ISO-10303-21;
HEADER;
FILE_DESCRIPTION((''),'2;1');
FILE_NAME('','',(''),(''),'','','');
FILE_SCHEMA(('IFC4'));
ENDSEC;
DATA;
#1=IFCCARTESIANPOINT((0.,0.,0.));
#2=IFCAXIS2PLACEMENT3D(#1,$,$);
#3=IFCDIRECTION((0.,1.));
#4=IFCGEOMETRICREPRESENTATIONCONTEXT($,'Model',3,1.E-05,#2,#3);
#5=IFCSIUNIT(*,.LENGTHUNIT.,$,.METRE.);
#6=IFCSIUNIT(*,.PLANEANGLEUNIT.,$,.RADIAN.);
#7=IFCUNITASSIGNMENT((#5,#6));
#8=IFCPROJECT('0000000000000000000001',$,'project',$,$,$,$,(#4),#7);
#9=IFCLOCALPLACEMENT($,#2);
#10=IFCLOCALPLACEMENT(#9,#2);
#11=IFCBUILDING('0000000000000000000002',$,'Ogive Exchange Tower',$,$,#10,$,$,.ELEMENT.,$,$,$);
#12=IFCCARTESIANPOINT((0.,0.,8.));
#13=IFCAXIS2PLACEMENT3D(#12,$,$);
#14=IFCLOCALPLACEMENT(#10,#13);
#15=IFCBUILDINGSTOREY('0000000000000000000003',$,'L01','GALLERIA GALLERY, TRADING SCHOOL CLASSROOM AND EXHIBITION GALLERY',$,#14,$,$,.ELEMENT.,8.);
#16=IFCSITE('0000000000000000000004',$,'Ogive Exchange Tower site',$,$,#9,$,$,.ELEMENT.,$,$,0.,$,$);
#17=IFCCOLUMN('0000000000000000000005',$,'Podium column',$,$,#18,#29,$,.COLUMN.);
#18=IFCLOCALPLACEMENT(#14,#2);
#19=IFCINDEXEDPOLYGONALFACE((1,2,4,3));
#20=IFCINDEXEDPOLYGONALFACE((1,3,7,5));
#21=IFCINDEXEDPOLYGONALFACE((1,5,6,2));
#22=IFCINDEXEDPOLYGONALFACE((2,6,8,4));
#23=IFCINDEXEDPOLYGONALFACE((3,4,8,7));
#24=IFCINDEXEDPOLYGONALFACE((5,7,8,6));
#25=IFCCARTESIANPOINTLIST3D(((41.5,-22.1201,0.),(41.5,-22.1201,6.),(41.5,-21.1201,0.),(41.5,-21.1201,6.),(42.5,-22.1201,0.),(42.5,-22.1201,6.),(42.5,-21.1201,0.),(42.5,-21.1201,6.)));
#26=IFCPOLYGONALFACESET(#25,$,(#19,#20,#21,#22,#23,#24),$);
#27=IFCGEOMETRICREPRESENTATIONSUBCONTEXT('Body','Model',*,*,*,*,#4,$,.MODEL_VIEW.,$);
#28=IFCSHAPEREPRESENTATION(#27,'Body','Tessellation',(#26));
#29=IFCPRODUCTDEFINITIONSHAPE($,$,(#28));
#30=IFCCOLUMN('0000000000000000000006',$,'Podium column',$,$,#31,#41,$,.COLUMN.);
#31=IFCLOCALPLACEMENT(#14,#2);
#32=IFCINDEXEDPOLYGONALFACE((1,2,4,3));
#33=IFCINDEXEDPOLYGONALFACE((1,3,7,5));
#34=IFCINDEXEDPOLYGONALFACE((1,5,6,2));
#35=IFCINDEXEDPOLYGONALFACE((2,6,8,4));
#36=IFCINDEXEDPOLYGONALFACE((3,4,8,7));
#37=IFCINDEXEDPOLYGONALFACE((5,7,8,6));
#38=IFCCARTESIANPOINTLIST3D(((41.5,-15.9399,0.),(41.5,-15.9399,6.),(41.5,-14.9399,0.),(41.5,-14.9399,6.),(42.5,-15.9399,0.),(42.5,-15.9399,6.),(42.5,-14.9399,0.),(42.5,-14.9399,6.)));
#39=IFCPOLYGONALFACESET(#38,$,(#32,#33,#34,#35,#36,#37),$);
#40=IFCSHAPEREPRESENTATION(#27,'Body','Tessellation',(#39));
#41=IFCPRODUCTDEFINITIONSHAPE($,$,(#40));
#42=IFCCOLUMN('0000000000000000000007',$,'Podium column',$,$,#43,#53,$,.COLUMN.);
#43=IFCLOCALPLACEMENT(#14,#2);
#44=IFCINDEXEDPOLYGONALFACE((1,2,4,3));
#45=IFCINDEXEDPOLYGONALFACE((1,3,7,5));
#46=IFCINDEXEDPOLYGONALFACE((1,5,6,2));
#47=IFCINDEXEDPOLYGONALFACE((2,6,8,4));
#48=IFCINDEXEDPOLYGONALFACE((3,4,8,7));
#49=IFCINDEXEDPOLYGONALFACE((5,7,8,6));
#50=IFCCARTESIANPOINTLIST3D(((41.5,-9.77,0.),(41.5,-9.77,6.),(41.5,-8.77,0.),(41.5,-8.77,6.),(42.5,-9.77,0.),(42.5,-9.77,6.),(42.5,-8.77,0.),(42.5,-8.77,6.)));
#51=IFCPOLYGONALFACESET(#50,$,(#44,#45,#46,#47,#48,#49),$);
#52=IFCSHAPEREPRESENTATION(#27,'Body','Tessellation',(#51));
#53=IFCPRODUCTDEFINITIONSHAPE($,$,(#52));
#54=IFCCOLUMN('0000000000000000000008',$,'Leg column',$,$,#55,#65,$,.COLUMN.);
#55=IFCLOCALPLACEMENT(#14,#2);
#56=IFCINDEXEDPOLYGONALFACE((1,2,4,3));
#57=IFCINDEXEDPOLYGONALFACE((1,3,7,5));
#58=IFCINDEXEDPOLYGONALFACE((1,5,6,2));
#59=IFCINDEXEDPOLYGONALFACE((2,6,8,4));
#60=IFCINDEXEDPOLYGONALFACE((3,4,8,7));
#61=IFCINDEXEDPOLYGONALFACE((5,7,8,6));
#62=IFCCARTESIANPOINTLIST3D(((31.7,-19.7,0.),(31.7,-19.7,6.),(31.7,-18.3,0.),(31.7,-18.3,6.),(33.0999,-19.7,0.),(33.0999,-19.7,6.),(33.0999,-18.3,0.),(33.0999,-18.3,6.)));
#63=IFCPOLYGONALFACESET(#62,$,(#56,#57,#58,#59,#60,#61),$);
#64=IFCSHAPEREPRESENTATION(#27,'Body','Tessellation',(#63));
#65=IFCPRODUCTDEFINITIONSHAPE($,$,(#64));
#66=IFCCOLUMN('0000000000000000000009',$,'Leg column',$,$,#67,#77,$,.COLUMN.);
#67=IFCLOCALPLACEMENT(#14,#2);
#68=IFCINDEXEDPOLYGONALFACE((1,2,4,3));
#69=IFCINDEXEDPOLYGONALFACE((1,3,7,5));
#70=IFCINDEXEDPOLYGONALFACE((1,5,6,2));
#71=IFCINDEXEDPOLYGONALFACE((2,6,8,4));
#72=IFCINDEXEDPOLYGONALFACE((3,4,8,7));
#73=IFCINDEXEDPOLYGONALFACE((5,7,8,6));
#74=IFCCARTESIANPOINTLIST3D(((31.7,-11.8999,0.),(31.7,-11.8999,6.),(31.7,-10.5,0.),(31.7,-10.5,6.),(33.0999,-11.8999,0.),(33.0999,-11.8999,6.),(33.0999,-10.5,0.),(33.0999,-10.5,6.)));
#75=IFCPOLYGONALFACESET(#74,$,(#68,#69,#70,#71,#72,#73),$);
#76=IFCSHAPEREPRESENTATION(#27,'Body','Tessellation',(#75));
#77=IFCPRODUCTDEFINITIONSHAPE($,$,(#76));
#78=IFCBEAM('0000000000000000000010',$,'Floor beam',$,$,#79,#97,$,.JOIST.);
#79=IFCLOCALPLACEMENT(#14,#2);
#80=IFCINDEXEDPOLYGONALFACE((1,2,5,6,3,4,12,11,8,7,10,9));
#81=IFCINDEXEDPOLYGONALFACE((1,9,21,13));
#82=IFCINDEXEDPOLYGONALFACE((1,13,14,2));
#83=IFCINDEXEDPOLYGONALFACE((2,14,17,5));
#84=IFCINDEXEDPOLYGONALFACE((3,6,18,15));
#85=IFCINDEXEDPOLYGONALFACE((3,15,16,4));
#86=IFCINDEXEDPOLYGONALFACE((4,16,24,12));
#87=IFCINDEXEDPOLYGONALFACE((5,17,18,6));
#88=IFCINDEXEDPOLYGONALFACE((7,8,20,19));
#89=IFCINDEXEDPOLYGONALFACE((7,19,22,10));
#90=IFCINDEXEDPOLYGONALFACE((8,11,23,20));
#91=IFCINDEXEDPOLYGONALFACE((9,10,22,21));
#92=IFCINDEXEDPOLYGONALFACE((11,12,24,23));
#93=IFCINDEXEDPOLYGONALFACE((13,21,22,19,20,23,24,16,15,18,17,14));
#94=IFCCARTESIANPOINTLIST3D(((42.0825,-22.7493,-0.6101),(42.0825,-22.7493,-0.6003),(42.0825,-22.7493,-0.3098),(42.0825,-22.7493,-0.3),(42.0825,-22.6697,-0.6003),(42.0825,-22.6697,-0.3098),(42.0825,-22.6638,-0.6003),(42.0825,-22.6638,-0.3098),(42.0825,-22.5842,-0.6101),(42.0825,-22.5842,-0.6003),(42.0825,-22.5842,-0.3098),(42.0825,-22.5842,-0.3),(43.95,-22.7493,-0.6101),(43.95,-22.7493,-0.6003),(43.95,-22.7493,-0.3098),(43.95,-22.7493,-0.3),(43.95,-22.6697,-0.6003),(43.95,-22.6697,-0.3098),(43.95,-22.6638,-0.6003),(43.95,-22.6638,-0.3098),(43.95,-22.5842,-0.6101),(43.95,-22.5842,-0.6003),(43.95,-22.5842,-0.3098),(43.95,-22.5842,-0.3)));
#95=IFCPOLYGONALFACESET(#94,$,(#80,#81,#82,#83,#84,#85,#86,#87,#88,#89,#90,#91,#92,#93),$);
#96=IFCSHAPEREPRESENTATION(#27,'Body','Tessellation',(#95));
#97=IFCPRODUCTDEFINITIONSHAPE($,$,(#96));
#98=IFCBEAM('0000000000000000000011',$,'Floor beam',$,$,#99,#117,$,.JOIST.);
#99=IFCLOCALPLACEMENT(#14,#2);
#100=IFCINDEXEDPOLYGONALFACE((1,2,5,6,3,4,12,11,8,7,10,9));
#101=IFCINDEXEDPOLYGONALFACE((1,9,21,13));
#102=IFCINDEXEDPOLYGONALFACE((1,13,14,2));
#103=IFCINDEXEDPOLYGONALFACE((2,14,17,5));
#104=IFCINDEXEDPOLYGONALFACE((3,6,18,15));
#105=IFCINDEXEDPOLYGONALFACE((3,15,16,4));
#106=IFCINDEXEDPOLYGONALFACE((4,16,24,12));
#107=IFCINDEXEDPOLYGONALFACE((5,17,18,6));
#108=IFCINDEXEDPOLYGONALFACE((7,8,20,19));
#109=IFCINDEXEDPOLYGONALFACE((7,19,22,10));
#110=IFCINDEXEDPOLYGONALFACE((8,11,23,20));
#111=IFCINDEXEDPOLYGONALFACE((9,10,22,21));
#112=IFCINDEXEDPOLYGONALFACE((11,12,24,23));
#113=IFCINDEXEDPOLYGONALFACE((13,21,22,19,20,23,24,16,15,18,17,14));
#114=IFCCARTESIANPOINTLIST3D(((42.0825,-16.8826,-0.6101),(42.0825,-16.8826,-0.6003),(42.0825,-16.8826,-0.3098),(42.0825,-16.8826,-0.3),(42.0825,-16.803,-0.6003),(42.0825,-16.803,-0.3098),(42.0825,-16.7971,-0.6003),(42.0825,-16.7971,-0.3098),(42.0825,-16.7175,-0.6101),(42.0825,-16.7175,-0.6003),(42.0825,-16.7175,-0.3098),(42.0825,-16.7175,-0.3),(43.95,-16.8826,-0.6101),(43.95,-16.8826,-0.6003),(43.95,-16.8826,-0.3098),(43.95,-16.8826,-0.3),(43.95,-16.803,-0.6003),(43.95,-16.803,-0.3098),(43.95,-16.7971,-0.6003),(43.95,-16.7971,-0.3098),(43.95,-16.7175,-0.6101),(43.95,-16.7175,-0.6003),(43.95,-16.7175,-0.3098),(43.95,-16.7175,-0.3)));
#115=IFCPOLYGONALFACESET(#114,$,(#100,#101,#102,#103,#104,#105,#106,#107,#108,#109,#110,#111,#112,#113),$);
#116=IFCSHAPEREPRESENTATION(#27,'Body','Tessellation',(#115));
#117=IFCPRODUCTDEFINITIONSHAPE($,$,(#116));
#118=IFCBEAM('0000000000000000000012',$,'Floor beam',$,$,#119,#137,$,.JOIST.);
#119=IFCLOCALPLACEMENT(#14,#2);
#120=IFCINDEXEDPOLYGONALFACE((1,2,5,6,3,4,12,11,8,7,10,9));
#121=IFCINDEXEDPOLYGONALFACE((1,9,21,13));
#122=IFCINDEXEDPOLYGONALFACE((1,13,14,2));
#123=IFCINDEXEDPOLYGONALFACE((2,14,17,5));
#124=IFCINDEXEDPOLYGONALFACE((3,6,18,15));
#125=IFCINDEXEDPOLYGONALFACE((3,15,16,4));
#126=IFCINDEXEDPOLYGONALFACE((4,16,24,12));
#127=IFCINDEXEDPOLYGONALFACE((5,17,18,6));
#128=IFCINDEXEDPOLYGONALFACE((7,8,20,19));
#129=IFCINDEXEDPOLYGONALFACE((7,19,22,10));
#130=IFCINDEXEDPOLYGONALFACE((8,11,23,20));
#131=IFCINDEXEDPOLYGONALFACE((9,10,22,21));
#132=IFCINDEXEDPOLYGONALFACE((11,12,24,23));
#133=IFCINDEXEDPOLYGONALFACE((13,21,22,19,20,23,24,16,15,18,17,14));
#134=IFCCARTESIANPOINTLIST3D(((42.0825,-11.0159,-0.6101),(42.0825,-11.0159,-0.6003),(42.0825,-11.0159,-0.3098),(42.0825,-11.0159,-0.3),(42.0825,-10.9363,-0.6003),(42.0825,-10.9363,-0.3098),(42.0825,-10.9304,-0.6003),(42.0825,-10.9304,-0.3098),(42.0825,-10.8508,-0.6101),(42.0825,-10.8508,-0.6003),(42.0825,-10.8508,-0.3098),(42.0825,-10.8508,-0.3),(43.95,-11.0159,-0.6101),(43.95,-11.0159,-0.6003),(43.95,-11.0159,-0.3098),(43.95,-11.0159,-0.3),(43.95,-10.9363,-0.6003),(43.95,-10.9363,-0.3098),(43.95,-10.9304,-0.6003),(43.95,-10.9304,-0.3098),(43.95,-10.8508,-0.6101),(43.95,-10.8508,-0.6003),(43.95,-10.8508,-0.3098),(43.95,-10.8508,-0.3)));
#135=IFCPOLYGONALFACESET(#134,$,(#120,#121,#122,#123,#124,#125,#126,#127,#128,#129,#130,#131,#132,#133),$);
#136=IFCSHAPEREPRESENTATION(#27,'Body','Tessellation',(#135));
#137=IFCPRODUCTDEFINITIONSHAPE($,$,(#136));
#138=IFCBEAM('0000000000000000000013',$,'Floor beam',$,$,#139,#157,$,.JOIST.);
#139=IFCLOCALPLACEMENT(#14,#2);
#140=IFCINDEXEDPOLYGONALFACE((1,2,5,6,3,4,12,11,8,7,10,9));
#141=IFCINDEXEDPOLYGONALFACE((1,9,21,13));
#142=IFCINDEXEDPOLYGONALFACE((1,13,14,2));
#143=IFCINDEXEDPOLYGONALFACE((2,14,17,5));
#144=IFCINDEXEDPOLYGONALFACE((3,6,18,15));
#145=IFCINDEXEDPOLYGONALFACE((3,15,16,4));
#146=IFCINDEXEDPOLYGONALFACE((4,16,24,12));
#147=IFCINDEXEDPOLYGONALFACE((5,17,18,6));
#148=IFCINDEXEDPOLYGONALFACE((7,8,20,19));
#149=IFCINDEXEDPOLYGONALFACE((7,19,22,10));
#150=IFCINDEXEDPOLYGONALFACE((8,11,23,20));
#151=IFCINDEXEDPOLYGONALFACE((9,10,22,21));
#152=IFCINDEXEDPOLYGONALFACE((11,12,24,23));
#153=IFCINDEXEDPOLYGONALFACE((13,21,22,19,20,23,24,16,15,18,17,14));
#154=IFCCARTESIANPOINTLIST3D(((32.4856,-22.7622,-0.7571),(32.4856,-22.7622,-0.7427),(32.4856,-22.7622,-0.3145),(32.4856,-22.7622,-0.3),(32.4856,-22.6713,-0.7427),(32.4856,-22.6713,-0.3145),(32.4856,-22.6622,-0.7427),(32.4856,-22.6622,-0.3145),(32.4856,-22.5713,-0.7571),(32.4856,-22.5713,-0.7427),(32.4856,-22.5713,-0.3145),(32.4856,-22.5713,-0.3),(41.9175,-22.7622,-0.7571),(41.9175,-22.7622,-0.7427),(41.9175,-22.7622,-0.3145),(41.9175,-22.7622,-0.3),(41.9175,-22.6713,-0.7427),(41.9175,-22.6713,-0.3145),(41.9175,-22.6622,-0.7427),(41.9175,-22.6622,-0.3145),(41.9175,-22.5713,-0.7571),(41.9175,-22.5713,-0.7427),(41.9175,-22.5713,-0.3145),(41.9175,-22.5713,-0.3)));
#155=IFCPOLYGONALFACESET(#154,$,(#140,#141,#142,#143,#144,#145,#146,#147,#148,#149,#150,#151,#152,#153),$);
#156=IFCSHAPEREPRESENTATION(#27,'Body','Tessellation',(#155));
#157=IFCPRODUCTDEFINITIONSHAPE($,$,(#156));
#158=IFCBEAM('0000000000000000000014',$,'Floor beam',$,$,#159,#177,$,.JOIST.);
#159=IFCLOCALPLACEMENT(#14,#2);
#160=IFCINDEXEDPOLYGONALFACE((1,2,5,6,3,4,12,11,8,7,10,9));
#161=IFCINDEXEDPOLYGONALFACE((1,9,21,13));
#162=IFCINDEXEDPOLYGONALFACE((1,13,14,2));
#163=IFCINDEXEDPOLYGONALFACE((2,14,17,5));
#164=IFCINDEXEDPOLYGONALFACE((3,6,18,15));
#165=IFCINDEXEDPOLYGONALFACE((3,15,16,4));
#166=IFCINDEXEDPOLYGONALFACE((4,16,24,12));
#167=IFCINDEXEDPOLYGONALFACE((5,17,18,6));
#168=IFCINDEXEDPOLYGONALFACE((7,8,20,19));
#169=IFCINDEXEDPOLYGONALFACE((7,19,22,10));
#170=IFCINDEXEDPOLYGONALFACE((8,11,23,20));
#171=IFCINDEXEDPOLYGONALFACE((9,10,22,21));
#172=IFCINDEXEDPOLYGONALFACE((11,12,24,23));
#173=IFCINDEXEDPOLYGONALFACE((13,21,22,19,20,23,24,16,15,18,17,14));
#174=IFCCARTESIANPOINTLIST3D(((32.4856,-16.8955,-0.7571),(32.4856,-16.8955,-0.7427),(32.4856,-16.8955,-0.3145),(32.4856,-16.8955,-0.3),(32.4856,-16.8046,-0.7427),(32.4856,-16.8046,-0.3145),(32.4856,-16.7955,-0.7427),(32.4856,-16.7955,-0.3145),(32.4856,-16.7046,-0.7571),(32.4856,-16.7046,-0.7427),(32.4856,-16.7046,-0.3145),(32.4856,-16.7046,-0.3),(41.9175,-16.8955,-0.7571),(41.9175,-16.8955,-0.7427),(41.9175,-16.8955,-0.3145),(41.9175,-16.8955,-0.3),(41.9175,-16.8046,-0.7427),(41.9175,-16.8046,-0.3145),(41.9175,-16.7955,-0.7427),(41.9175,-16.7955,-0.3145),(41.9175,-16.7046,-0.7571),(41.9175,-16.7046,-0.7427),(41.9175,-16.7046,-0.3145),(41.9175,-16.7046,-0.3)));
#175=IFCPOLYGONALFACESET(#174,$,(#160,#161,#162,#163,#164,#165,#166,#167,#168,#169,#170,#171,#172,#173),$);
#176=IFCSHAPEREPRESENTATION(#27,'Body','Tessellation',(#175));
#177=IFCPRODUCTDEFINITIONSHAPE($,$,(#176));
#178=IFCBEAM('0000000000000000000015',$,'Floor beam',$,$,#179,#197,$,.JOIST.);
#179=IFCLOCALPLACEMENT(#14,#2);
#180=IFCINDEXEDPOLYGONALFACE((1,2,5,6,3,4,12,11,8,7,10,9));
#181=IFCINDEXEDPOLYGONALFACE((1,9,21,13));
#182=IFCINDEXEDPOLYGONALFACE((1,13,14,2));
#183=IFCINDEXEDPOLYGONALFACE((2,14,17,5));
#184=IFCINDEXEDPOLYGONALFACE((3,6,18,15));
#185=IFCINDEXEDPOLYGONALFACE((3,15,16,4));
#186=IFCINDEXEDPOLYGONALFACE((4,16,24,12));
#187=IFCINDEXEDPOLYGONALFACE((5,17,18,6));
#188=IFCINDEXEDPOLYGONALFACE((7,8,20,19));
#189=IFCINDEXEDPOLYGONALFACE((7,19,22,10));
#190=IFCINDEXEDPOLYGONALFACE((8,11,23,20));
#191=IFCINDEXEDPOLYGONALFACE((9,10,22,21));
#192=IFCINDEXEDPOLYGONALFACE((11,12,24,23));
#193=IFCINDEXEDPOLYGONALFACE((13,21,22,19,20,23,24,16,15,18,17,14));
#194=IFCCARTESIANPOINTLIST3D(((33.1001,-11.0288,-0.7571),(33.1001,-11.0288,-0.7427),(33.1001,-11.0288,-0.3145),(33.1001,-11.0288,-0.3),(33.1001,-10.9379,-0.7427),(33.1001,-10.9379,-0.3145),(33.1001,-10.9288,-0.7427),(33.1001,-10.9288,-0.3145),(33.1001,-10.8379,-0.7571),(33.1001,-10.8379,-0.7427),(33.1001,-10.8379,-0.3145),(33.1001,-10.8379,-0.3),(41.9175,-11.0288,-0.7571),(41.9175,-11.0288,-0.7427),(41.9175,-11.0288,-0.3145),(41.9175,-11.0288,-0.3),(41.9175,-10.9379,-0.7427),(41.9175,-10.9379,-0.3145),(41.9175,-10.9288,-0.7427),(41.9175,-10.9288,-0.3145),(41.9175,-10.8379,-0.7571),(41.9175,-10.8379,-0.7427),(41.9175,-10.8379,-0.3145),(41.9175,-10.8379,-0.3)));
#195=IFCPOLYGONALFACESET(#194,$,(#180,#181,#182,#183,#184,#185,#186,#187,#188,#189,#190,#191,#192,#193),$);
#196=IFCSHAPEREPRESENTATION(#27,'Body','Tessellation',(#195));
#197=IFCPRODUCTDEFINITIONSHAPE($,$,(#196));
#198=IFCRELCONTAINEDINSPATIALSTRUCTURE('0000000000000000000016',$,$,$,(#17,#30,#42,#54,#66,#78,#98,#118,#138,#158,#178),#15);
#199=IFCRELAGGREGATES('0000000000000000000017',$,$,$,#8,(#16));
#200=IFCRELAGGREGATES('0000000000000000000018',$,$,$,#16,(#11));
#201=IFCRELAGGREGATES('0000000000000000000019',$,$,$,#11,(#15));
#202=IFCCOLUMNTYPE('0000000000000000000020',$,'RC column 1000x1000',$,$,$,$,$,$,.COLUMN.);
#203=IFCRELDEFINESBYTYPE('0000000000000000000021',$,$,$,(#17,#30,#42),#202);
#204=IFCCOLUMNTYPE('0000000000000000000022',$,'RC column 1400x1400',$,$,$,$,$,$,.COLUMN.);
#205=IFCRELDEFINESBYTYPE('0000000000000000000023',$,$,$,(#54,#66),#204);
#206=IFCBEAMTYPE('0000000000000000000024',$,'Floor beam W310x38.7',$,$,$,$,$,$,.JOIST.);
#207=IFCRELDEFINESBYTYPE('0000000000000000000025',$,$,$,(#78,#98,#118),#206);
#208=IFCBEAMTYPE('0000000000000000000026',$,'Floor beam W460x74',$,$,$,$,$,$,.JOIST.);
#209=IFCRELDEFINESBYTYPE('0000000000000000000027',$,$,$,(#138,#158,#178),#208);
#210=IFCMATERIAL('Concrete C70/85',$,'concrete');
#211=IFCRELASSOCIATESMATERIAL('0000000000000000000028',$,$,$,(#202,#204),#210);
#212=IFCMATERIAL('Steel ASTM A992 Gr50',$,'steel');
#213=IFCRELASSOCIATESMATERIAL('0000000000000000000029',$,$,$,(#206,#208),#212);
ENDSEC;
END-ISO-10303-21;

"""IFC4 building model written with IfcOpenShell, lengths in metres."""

from ifc_helpers import new_model, si_unit, direction, frame, origin, origin_2d, place, context, subcontext, project, spatial, rectangle, i_section, extrude, material, material_profile, profile_set, type_object, element, save


model = new_model("IFC4")

# Units and contexts
model_context = context("Model", 3, precision=1e-05, world=origin(), true_north=direction((0.0, 1.0)))
body_context = subcontext(model_context, "Body", "Model", "MODEL_VIEW")
ifc_project = project(units=[si_unit("LENGTHUNIT", "METRE"), si_unit("PLANEANGLEUNIT", "RADIAN")], contexts=[model_context])

# Site, building, storey
site_placement = place(None, origin())
site = spatial("IfcSite", under=ifc_project, at=site_placement, Name="Ogive Exchange Tower site", CompositionType="ELEMENT", RefElevation=0.0)
building_placement = place(site_placement, origin())
building = spatial("IfcBuilding", under=site, at=building_placement, Name="Ogive Exchange Tower", CompositionType="ELEMENT")
storey_placement = place(building_placement, frame((0.0, 0.0, 8.0)))
storey = spatial("IfcBuildingStorey", under=building, at=storey_placement, Name="L01", Description="GALLERIA GALLERY, TRADING SCHOOL CLASSROOM AND EXHIBITION GALLERY", CompositionType="ELEMENT", Elevation=8.0)

# Columns
ifc_material_1 = material(Name="Concrete C70/85", Category="concrete")
ifc_material_profile_1 = material_profile(ifc_material_1, rectangle(XDim=1.0, YDim=1.0, at=origin_2d()), Name="RC 1000x1000")
ifc_profile_set_1 = profile_set([ifc_material_profile_1], Name="Concrete C70/85")
column_type_1 = type_object("IfcColumnType", Name="RC column 1000x1000", PredefinedType="COLUMN", material=ifc_profile_set_1)
for number, where, z_axis, x_axis, name in (
    (1, (42.0, -21.6201, 0.0), (0.0, 0.0, 1.0), (1.0, 0.0, 0.0), "Podium column"),
    (2, (42.0, -15.4399, 0.0), (0.0, 0.0, 1.0), (1.0, 0.0, 0.0), "Podium column"),
    (3, (42.0, -9.27, 0.0), (0.0, 0.0, 1.0), (1.0, 0.0, 0.0), "Podium column"),
):
    element("IfcColumn", number, at=place(storey_placement, frame(where, z_axis=z_axis, x_axis=x_axis)), inside=storey, type_object=column_type_1, Name=name, PredefinedType="COLUMN", context=body_context, shape_type="SweptSolid", body=[
        extrude(rectangle(XDim=1.0, YDim=1.0, at=origin_2d()), origin(), (0.0, 0.0, 1.0), 6.0),
    ])
ifc_material_profile_2 = material_profile(ifc_material_1, rectangle(XDim=1.3999, YDim=1.3999, at=origin_2d()), Name="RC 1400x1400")
ifc_profile_set_2 = profile_set([ifc_material_profile_2], Name="Concrete C70/85")
column_type_2 = type_object("IfcColumnType", Name="RC column 1400x1400", PredefinedType="COLUMN", material=ifc_profile_set_2)
for number, where, z_axis, x_axis, name in (
    (4, (32.3999, -19.0, 0.0), (0.0, 0.0, 1.0), (1.0, 0.0, 0.0), "Leg column"),
    (5, (32.3999, -11.2, 0.0), (0.0, 0.0, 1.0), (1.0, 0.0, 0.0), "Leg column"),
):
    element("IfcColumn", number, at=place(storey_placement, frame(where, z_axis=z_axis, x_axis=x_axis)), inside=storey, type_object=column_type_2, Name=name, PredefinedType="COLUMN", context=body_context, shape_type="SweptSolid", body=[
        extrude(rectangle(XDim=1.3999, YDim=1.3999, at=origin_2d()), origin(), (0.0, 0.0, 1.0), 6.0),
    ])

# Beams
ifc_material_2 = material(Name="Steel ASTM A992 Gr50", Category="steel")
ifc_material_profile_3 = material_profile(ifc_material_2, i_section(OverallWidth=0.165, OverallDepth=0.3101, WebThickness=0.0059, FlangeThickness=0.0098, at=origin_2d()), Name="W310x38.7")
ifc_profile_set_3 = profile_set([ifc_material_profile_3], Name="Steel ASTM A992 Gr50")
beam_type_1 = type_object("IfcBeamType", Name="Floor beam W310x38.7", PredefinedType="JOIST", material=ifc_profile_set_3)
for number, where, z_axis, x_axis, name in (
    (6, (42.0825, -22.6667, -0.4551), (1.0, 0.0, 0.0), (0.0, 1.0, 0.0), "Floor beam"),
    (7, (42.0825, -16.8, -0.4551), (1.0, 0.0, 0.0), (0.0, 1.0, 0.0), "Floor beam"),
    (8, (42.0825, -10.9333, -0.4551), (1.0, 0.0, 0.0), (0.0, 1.0, 0.0), "Floor beam"),
):
    element("IfcBeam", number, at=place(storey_placement, frame(where, z_axis=z_axis, x_axis=x_axis)), inside=storey, type_object=beam_type_1, Name=name, PredefinedType="JOIST", context=body_context, shape_type="SweptSolid", body=[
        extrude(i_section(OverallWidth=0.165, OverallDepth=0.3101, WebThickness=0.0059, FlangeThickness=0.0098, at=origin_2d()), origin(), (0.0, 0.0, 1.0), 1.8674),
    ])
ifc_material_profile_4 = material_profile(ifc_material_2, i_section(OverallWidth=0.1909, OverallDepth=0.457, WebThickness=0.009, FlangeThickness=0.0144, at=origin_2d()), Name="W460x74")
ifc_profile_set_4 = profile_set([ifc_material_profile_4], Name="Steel ASTM A992 Gr50")
beam_type_2 = type_object("IfcBeamType", Name="Floor beam W460x74", PredefinedType="JOIST", material=ifc_profile_set_4)
for number, where, z_axis, x_axis, name in (
    (9, (32.4856, -22.6667, -0.5286), (1.0, 0.0, 0.0), (0.0, 1.0, 0.0), "Floor beam"),
    (10, (32.4856, -16.8, -0.5286), (1.0, 0.0, 0.0), (0.0, 1.0, 0.0), "Floor beam"),
):
    element("IfcBeam", number, at=place(storey_placement, frame(where, z_axis=z_axis, x_axis=x_axis)), inside=storey, type_object=beam_type_2, Name=name, PredefinedType="JOIST", context=body_context, shape_type="SweptSolid", body=[
        extrude(i_section(OverallWidth=0.1909, OverallDepth=0.457, WebThickness=0.009, FlangeThickness=0.0144, at=origin_2d()), origin(), (0.0, 0.0, 1.0), 9.4319),
    ])
beam_1_placement = place(storey_placement, frame((33.1001, -10.9333, -0.5286), z_axis=(1.0, 0.0, 0.0), x_axis=(0.0, 1.0, 0.0)))
element("IfcBeam", 11, at=beam_1_placement, inside=storey, type_object=beam_type_2, Name="Floor beam", PredefinedType="JOIST", context=body_context, shape_type="SweptSolid", body=[
    extrude(i_section(OverallWidth=0.1909, OverallDepth=0.457, WebThickness=0.009, FlangeThickness=0.0144, at=origin_2d()), origin(), (0.0, 0.0, 1.0), 8.8174),
])

save(model, "model.ifc")
